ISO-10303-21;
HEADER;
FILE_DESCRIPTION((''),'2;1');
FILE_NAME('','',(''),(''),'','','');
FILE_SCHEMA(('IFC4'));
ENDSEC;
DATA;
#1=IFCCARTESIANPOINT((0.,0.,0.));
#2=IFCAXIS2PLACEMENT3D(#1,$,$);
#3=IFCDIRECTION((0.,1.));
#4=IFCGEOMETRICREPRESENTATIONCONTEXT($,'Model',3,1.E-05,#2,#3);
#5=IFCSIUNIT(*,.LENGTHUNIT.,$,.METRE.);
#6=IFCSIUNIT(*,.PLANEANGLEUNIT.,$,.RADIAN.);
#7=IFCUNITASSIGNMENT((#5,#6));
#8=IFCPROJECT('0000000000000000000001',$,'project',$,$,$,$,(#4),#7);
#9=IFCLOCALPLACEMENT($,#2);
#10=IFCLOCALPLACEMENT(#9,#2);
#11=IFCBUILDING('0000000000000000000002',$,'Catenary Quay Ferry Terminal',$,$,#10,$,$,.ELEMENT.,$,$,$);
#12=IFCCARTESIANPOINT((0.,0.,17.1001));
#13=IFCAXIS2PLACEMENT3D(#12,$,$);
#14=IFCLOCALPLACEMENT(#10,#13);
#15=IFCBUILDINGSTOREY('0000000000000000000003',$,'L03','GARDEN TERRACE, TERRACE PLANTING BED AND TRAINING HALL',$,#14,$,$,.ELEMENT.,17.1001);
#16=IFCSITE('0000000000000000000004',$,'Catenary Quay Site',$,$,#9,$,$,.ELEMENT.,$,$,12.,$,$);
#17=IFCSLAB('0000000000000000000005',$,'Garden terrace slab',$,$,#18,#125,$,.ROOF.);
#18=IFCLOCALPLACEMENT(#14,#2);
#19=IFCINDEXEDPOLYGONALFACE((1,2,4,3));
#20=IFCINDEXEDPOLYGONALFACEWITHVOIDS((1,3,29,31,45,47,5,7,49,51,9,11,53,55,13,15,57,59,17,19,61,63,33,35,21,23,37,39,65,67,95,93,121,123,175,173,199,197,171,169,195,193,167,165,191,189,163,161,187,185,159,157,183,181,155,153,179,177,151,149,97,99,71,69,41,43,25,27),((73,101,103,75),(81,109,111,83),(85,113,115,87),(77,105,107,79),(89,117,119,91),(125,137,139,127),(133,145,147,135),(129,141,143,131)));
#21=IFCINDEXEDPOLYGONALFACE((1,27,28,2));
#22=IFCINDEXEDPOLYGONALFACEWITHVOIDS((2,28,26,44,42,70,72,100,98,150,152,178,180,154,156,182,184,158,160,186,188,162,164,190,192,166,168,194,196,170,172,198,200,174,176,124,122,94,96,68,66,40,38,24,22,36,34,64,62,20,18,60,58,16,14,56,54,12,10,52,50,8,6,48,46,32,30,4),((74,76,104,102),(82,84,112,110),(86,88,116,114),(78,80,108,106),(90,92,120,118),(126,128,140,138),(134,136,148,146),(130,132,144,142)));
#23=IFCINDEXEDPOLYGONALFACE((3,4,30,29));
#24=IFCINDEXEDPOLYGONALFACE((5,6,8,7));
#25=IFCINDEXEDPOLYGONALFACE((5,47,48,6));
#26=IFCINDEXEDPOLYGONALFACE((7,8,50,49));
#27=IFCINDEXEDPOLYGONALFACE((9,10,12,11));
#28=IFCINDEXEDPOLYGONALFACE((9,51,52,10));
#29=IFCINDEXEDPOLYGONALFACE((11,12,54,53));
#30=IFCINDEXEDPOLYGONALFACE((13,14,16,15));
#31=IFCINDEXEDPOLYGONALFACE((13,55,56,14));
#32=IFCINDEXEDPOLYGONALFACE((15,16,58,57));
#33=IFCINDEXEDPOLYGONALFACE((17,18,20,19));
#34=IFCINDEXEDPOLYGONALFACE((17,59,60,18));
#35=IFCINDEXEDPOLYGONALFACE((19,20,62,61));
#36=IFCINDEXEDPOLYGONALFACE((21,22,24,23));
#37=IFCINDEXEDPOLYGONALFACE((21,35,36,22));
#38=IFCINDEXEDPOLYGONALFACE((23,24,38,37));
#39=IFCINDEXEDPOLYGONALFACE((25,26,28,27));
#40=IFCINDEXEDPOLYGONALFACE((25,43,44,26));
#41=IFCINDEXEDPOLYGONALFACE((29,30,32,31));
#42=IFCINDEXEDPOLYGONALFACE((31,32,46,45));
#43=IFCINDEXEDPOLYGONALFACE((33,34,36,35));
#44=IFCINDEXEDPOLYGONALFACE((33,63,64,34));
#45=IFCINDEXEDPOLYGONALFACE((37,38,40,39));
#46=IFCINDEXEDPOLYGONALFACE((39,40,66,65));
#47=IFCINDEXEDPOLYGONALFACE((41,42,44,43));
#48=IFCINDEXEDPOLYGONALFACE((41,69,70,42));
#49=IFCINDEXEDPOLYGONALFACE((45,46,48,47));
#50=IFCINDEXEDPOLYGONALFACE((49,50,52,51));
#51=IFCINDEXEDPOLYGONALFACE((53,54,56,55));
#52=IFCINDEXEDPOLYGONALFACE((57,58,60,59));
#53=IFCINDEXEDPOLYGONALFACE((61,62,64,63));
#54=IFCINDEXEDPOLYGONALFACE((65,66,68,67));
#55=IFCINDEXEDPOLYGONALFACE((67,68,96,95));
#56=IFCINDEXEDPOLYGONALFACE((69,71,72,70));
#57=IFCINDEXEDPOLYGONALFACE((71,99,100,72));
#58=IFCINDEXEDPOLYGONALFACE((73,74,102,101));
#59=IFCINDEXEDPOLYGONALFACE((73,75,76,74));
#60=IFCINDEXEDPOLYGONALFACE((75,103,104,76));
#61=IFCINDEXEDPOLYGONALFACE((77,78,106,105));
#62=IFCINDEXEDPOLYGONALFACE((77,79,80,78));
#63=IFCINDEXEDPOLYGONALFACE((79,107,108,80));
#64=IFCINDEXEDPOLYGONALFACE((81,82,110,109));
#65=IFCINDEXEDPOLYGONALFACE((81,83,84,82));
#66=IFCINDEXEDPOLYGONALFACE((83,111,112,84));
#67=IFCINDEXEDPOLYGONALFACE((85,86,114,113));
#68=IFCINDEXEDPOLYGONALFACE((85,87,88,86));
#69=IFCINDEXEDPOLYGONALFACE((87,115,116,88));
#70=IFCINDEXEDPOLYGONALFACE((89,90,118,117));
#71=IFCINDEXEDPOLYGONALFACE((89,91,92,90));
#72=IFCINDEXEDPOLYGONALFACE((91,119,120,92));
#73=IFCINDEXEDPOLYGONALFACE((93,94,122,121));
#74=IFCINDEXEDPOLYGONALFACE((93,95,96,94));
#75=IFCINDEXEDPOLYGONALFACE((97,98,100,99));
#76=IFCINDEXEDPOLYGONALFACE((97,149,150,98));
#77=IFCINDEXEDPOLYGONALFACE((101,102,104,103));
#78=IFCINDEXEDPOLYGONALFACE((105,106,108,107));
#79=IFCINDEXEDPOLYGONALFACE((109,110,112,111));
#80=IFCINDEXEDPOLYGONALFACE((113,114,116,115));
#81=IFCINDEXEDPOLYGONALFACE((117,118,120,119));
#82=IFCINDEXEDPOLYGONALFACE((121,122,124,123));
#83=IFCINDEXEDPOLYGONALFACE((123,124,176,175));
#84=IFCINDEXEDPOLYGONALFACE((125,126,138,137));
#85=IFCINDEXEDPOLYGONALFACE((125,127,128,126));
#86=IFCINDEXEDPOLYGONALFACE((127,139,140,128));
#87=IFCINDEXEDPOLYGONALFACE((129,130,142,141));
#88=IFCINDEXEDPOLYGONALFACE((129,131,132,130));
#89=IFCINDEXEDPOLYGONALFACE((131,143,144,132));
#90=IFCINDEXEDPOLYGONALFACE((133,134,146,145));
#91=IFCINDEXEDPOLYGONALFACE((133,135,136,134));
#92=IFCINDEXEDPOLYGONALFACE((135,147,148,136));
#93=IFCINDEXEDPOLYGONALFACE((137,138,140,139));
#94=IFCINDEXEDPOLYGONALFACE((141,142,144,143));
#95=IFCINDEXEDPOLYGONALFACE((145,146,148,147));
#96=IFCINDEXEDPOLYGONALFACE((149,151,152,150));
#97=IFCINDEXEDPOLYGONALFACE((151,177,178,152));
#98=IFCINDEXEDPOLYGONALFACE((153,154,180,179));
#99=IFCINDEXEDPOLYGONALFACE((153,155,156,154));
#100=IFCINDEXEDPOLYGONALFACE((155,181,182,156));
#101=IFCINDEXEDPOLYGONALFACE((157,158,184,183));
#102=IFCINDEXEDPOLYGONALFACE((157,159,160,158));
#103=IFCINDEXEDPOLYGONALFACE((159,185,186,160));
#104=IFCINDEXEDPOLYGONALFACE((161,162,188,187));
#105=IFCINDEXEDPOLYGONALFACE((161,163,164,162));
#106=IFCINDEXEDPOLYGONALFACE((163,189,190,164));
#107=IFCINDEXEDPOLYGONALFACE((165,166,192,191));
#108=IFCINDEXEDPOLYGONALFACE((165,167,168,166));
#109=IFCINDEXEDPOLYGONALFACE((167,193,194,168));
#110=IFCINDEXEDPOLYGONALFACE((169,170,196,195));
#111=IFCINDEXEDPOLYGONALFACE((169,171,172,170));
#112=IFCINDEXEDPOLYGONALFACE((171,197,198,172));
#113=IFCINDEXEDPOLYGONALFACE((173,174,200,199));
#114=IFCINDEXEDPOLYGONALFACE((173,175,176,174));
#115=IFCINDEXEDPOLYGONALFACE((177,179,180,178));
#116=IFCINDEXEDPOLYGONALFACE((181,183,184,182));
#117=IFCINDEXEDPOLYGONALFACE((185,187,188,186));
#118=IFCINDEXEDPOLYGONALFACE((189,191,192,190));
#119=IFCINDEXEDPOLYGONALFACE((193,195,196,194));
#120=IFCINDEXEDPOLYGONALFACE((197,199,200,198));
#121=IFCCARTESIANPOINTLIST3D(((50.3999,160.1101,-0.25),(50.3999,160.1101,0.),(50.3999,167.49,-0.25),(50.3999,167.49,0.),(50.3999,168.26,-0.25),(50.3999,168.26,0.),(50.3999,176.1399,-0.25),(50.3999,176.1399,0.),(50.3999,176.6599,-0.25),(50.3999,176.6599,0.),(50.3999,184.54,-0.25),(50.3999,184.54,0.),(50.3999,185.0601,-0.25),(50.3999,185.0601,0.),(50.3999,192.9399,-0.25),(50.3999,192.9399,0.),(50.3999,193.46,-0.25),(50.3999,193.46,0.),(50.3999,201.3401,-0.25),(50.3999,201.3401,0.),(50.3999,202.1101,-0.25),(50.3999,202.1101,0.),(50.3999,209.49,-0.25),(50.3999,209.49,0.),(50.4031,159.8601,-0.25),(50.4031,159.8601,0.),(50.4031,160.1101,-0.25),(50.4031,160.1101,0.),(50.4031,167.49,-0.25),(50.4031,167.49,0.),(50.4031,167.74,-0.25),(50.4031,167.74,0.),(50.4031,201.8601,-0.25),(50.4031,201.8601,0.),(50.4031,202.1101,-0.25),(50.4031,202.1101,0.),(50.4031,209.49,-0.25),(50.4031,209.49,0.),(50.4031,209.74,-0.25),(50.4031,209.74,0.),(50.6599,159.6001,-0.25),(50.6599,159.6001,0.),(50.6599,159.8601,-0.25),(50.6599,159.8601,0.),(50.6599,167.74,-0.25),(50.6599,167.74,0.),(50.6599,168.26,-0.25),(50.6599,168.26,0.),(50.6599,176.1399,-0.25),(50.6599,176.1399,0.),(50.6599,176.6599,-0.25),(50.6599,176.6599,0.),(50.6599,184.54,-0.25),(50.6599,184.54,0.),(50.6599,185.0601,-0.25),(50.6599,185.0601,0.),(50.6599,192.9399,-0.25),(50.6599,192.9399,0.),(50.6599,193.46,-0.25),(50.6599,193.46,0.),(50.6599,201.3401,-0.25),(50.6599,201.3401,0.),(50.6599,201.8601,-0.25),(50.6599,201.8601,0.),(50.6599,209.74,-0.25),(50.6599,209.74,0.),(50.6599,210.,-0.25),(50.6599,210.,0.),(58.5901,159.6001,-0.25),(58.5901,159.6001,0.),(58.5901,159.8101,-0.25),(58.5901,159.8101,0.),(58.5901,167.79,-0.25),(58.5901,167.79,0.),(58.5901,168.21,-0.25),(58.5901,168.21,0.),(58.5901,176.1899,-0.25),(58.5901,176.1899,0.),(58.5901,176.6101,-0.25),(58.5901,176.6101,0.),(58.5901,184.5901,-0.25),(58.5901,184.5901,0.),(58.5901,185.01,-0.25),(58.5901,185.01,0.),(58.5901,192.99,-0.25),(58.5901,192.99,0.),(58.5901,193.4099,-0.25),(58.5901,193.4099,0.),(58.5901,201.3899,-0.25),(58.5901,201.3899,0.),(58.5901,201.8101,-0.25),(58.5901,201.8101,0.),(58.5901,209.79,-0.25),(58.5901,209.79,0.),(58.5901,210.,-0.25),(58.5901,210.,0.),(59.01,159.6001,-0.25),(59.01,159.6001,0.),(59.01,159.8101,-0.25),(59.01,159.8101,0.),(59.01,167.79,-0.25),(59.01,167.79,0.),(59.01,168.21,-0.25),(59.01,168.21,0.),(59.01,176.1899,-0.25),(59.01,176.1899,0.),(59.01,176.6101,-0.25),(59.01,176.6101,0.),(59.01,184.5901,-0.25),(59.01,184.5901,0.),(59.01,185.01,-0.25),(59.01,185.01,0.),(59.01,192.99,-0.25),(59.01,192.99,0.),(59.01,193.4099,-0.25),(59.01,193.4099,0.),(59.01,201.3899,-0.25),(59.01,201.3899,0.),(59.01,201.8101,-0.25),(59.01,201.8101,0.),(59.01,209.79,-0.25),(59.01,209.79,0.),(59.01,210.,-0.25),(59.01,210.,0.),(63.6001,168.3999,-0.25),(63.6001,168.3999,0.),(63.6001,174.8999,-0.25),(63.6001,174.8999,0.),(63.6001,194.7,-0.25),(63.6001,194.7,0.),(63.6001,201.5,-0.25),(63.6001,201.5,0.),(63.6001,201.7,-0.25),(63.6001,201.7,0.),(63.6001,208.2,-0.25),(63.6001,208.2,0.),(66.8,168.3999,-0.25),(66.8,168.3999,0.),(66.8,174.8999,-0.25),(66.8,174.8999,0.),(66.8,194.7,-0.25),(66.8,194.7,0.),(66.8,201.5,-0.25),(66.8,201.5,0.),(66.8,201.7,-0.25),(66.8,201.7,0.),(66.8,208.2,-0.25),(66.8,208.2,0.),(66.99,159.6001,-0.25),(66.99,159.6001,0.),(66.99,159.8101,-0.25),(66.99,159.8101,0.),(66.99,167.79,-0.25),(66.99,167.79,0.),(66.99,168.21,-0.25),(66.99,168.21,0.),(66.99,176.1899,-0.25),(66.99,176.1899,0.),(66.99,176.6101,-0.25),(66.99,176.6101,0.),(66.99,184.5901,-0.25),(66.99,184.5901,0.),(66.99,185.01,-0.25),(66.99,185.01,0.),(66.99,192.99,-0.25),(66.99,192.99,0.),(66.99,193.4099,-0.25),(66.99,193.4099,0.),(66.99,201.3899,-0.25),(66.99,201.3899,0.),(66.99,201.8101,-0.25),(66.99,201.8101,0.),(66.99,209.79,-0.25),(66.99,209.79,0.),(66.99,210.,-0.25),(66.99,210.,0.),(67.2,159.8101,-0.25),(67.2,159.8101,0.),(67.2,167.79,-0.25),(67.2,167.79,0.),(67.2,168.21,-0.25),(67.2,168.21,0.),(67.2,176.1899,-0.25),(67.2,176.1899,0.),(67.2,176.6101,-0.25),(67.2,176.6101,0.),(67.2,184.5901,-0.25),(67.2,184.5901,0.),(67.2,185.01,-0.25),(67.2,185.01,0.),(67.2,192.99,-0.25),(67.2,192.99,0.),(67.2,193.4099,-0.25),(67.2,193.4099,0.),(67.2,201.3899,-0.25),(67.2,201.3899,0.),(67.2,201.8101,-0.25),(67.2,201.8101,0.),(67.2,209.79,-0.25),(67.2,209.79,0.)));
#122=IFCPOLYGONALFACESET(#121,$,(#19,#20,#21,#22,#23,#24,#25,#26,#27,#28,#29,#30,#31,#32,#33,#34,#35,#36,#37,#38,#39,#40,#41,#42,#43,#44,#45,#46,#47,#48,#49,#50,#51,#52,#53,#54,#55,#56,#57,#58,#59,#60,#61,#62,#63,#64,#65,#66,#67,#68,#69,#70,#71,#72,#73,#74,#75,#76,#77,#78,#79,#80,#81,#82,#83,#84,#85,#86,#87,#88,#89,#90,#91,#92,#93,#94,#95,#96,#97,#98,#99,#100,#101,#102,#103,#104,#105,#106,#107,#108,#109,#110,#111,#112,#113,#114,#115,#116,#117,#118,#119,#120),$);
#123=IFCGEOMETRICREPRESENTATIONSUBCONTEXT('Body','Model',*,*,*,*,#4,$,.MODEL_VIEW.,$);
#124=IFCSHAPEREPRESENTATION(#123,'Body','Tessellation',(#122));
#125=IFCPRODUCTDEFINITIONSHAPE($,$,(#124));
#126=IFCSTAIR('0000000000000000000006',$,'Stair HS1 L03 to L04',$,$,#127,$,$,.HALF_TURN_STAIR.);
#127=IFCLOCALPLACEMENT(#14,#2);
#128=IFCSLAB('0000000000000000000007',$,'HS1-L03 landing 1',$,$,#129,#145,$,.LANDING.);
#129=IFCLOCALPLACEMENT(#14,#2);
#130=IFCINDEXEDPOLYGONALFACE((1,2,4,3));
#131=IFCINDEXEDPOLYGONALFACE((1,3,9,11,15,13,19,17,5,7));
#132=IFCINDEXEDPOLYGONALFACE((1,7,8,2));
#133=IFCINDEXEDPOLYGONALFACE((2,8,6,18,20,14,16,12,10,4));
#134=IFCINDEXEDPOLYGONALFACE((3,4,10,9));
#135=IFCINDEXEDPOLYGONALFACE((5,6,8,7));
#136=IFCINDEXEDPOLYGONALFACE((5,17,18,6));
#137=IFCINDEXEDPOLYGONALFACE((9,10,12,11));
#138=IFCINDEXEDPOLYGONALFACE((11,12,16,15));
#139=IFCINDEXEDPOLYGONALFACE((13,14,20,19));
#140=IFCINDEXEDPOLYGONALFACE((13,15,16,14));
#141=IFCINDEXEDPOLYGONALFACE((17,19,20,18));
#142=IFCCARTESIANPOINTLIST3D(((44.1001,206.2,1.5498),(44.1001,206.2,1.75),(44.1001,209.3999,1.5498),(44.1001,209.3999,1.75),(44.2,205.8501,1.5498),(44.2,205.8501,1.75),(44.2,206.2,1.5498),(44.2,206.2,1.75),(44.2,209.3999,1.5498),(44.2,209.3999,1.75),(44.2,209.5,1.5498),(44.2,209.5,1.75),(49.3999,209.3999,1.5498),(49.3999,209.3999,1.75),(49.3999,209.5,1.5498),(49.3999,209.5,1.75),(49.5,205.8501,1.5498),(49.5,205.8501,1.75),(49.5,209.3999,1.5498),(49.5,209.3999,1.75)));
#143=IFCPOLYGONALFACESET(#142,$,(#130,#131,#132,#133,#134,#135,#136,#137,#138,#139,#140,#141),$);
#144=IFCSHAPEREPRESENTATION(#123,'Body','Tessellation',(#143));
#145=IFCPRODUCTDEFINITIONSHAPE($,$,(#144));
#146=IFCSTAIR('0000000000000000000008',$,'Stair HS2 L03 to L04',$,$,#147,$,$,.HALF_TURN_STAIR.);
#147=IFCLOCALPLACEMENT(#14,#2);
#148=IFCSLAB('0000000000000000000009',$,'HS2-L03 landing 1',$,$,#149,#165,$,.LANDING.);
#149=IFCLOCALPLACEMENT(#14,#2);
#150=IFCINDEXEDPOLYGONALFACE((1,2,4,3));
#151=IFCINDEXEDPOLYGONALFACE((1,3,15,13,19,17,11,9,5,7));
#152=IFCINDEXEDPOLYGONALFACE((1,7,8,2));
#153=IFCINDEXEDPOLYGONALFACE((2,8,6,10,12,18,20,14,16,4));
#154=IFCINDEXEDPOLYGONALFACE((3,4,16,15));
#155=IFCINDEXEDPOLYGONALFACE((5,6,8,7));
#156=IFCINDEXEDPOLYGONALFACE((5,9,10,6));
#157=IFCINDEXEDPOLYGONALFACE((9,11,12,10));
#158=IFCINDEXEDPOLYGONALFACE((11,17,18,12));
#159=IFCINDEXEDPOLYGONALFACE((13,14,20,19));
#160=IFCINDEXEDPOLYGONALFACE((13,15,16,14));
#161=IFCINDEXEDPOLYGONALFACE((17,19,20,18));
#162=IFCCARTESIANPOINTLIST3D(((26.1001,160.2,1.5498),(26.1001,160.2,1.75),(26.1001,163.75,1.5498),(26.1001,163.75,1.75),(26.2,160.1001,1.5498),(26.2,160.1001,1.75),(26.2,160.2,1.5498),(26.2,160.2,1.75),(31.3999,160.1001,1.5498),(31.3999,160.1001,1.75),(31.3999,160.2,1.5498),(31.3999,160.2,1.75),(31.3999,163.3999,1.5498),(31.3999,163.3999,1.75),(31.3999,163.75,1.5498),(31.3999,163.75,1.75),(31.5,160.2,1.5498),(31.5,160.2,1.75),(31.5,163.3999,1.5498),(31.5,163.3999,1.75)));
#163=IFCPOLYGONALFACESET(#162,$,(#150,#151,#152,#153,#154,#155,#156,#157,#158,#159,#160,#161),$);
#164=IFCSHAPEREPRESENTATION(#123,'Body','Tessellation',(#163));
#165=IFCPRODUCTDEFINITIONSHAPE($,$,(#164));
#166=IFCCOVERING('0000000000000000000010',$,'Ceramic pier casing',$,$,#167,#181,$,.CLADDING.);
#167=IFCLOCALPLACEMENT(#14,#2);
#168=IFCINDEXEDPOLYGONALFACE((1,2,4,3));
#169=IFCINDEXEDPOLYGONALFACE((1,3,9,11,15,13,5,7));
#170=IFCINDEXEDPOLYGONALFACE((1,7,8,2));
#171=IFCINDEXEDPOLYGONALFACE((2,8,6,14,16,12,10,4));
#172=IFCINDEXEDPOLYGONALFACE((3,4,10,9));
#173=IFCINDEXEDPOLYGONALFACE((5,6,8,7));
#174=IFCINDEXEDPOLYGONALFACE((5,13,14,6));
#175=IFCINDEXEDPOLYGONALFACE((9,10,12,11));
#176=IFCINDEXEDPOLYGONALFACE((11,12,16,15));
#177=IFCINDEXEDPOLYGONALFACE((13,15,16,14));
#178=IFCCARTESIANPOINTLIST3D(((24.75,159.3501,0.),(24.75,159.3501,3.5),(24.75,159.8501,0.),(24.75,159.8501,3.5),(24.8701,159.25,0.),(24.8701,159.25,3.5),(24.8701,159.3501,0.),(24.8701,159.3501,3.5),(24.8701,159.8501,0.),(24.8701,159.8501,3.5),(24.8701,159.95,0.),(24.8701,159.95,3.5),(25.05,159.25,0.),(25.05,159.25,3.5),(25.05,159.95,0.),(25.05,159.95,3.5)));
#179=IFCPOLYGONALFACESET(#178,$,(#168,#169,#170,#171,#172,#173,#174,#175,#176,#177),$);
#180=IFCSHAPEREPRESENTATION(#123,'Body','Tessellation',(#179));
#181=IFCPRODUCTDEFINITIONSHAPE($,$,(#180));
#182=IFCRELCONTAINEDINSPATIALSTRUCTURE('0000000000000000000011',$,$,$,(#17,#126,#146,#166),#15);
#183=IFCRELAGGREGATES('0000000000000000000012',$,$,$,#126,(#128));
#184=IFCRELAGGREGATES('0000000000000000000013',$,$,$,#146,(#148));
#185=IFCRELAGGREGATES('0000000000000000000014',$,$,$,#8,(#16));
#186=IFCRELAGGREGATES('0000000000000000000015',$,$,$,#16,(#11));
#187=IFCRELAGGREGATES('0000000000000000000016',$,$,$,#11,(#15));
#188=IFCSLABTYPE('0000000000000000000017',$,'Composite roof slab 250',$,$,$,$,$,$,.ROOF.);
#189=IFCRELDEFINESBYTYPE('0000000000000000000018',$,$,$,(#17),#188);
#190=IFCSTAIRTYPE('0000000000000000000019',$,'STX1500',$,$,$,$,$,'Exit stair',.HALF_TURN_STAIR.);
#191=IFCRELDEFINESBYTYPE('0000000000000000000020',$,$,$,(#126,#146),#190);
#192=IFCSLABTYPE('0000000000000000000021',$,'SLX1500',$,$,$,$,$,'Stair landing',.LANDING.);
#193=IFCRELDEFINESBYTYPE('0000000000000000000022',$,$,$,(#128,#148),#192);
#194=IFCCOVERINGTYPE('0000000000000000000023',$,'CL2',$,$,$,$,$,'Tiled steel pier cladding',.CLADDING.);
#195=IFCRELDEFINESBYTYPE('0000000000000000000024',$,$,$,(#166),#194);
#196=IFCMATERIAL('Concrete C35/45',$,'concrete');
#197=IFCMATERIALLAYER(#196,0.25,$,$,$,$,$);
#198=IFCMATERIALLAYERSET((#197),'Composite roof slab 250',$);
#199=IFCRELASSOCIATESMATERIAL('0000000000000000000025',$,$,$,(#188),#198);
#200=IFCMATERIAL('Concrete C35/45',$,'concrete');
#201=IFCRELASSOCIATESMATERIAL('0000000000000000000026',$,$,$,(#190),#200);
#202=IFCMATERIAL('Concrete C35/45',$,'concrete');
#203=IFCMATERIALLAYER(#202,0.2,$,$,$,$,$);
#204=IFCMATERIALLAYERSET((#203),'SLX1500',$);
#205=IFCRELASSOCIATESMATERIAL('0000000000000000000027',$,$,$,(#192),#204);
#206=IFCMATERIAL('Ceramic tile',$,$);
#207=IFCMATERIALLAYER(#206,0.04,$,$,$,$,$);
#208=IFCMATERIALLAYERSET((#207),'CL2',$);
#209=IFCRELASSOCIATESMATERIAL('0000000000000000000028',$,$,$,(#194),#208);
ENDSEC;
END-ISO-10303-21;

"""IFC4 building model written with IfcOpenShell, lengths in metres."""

from ifc_helpers import new_model, si_unit, direction, frame, origin, place, context, subcontext, project, spatial, polyline, outline, extrude, material, layer, layer_set, type_object, element, aggregate, save


model = new_model("IFC4")

# Units and contexts
model_context = context("Model", 3, precision=1e-05, world=origin(), true_north=direction((0.0, 1.0)))
body_context = subcontext(model_context, "Body", "Model", "MODEL_VIEW")
ifc_project = project(units=[si_unit("LENGTHUNIT", "METRE"), si_unit("PLANEANGLEUNIT", "RADIAN")], contexts=[model_context])

# Site, building, storey
site_placement = place(None, origin())
site = spatial("IfcSite", under=ifc_project, at=site_placement, Name="Catenary Quay Site", CompositionType="ELEMENT", RefElevation=12.0)
building_placement = place(site_placement, origin())
building = spatial("IfcBuilding", under=site, at=building_placement, Name="Catenary Quay Ferry Terminal", CompositionType="ELEMENT")
storey_placement = place(building_placement, frame((0.0, 0.0, 17.1001)))
storey = spatial("IfcBuildingStorey", under=building, at=storey_placement, Name="L03", Description="GARDEN TERRACE, TERRACE PLANTING BED AND TRAINING HALL", CompositionType="ELEMENT", Elevation=17.1001)

# Slab
ifc_material_1 = material(Name="Concrete C35/45", Category="concrete")
ifc_layer_1 = layer(ifc_material_1, 0.25)
ifc_layer_set_1 = layer_set([ifc_layer_1], Name="Composite roof slab 250")
slab_type_1 = type_object("IfcSlabType", Name="Composite roof slab 250", PredefinedType="ROOF", material=ifc_layer_set_1)
slab_1_placement = place(storey_placement, frame((0.0, 0.0, -0.25)))
element("IfcSlab", 1, at=slab_1_placement, inside=storey, type_object=slab_type_1, Name="Garden terrace slab", PredefinedType="ROOF", context=body_context, shape_type="SweptSolid", body=[
    extrude(outline(polyline([(67.2, 159.8101), (66.99, 159.8101), (66.99, 159.6001), (59.01, 159.6001), (59.01, 159.8101), (58.5901, 159.8101), (58.5901, 159.6001), (50.6599, 159.6001), (50.6599, 159.8601), (50.4031, 159.8601), (50.4031, 160.1101), (50.3999, 160.1101), (50.3999, 167.49), (50.4031, 167.49), (50.4031, 167.74), (50.6599, 167.74), (50.6599, 168.26), (50.3999, 168.26), (50.3999, 176.1399), (50.6599, 176.1399), (50.6599, 176.6599), (50.3999, 176.6599), (50.3999, 184.54), (50.6599, 184.54), (50.6599, 185.0601), (50.3999, 185.0601), (50.3999, 192.9399), (50.6599, 192.9399), (50.6599, 193.46), (50.3999, 193.46), (50.3999, 201.3401), (50.6599, 201.3401), (50.6599, 201.8601), (50.4031, 201.8601), (50.4031, 202.1101), (50.3999, 202.1101), (50.3999, 209.49), (50.4031, 209.49), (50.4031, 209.74), (50.6599, 209.74), (50.6599, 210.0), (58.5901, 210.0), (58.5901, 209.79), (59.01, 209.79), (59.01, 210.0), (66.99, 210.0), (66.99, 209.79), (67.2, 209.79), (67.2, 201.8101), (66.99, 201.8101), (66.99, 201.3899), (67.2, 201.3899), (67.2, 193.4099), (66.99, 193.4099), (66.99, 192.99), (67.2, 192.99), (67.2, 185.01), (66.99, 185.01), (66.99, 184.5901), (67.2, 184.5901), (67.2, 176.6101), (66.99, 176.6101), (66.99, 176.1899), (67.2, 176.1899), (67.2, 168.21), (66.99, 168.21), (66.99, 167.79), (67.2, 167.79), (67.2, 159.8101)]), holes=[polyline([(59.01, 167.79), (59.01, 168.21), (58.5901, 168.21), (58.5901, 167.79), (59.01, 167.79)]), polyline([(59.01, 176.1899), (59.01, 176.6101), (58.5901, 176.6101), (58.5901, 176.1899), (59.01, 176.1899)]), polyline([(66.8, 168.3999), (66.8, 174.8999), (63.6001, 174.8999), (63.6001, 168.3999), (66.8, 168.3999)]), polyline([(59.01, 184.5901), (59.01, 185.01), (58.5901, 185.01), (58.5901, 184.5901), (59.01, 184.5901)]), polyline([(59.01, 192.99), (59.01, 193.4099), (58.5901, 193.4099), (58.5901, 192.99), (59.01, 192.99)]), polyline([(66.8, 194.7), (66.8, 201.5), (63.6001, 201.5), (63.6001, 194.7), (66.8, 194.7)]), polyline([(59.01, 201.3899), (59.01, 201.8101), (58.5901, 201.8101), (58.5901, 201.3899), (59.01, 201.3899)]), polyline([(66.8, 201.7), (66.8, 208.2), (63.6001, 208.2), (63.6001, 201.7), (66.8, 201.7)])]), origin(), (0.0, 0.0, 1.0), 0.25),
])

# Stairs, slabs
ifc_material_2 = material(Name="Concrete C35/45", Category="concrete")
stair_type = type_object("IfcStairType", Name="STX1500", ElementType="Exit stair", PredefinedType="HALF_TURN_STAIR", material=ifc_material_2)
stair_1_placement = place(storey_placement, origin())
stair_1 = element("IfcStair", 2, at=stair_1_placement, inside=storey, type_object=stair_type, Name="Stair HS1 L03 to L04", PredefinedType="HALF_TURN_STAIR")
ifc_material_3 = material(Name="Concrete C35/45", Category="concrete")
ifc_layer_2 = layer(ifc_material_3, 0.2)
ifc_layer_set_2 = layer_set([ifc_layer_2], Name="SLX1500")
slab_type_2 = type_object("IfcSlabType", Name="SLX1500", ElementType="Stair landing", PredefinedType="LANDING", material=ifc_layer_set_2)
slab_2_placement = place(storey_placement, frame((0.0, 0.0, 1.5498)))
slab_2 = element("IfcSlab", 3, at=slab_2_placement, type_object=slab_type_2, Name="HS1-L03 landing 1", PredefinedType="LANDING", context=body_context, shape_type="SweptSolid", body=[
    extrude(outline(polyline([(44.1001, 209.3999), (44.2, 209.3999), (44.2, 209.5), (49.3999, 209.5), (49.3999, 209.3999), (49.5, 209.3999), (49.5, 205.8501), (44.2, 205.8501), (44.2, 206.2), (44.1001, 206.2), (44.1001, 209.3999)])), origin(), (0.0, 0.0, 1.0), 0.2002),
])
aggregate(stair_1, [slab_2])
stair_2_placement = place(storey_placement, origin())
stair_2 = element("IfcStair", 4, at=stair_2_placement, inside=storey, type_object=stair_type, Name="Stair HS2 L03 to L04", PredefinedType="HALF_TURN_STAIR")
slab_3_placement = place(storey_placement, frame((0.0, 0.0, 1.5498)))
slab_3 = element("IfcSlab", 5, at=slab_3_placement, type_object=slab_type_2, Name="HS2-L03 landing 1", PredefinedType="LANDING", context=body_context, shape_type="SweptSolid", body=[
    extrude(outline(polyline([(26.2, 160.2), (26.1001, 160.2), (26.1001, 163.75), (31.3999, 163.75), (31.3999, 163.3999), (31.5, 163.3999), (31.5, 160.2), (31.3999, 160.2), (31.3999, 160.1001), (26.2, 160.1001), (26.2, 160.2)])), origin(), (0.0, 0.0, 1.0), 0.2002),
])
aggregate(stair_2, [slab_3])

# Covering
ifc_material_4 = material(Name="Ceramic tile")
ifc_layer_3 = layer(ifc_material_4, 0.04)
ifc_layer_set_3 = layer_set([ifc_layer_3], Name="CL2")
covering_type_1 = type_object("IfcCoveringType", Name="CL2", ElementType="Tiled steel pier cladding", PredefinedType="CLADDING", material=ifc_layer_set_3)
covering_1_placement = place(storey_placement, origin())
element("IfcCovering", 6, at=covering_1_placement, inside=storey, type_object=covering_type_1, Name="Ceramic pier casing", PredefinedType="CLADDING", context=body_context, shape_type="SweptSolid", body=[
    extrude(outline(polyline([(25.05, 159.95), (24.8701, 159.95), (24.8701, 159.8501), (24.75, 159.8501), (24.75, 159.3501), (24.8701, 159.3501), (24.8701, 159.25), (25.05, 159.25), (25.05, 159.95)])), origin(), (0.0, 0.0, 1.0), 3.5),
])

save(model, "model.ifc")
